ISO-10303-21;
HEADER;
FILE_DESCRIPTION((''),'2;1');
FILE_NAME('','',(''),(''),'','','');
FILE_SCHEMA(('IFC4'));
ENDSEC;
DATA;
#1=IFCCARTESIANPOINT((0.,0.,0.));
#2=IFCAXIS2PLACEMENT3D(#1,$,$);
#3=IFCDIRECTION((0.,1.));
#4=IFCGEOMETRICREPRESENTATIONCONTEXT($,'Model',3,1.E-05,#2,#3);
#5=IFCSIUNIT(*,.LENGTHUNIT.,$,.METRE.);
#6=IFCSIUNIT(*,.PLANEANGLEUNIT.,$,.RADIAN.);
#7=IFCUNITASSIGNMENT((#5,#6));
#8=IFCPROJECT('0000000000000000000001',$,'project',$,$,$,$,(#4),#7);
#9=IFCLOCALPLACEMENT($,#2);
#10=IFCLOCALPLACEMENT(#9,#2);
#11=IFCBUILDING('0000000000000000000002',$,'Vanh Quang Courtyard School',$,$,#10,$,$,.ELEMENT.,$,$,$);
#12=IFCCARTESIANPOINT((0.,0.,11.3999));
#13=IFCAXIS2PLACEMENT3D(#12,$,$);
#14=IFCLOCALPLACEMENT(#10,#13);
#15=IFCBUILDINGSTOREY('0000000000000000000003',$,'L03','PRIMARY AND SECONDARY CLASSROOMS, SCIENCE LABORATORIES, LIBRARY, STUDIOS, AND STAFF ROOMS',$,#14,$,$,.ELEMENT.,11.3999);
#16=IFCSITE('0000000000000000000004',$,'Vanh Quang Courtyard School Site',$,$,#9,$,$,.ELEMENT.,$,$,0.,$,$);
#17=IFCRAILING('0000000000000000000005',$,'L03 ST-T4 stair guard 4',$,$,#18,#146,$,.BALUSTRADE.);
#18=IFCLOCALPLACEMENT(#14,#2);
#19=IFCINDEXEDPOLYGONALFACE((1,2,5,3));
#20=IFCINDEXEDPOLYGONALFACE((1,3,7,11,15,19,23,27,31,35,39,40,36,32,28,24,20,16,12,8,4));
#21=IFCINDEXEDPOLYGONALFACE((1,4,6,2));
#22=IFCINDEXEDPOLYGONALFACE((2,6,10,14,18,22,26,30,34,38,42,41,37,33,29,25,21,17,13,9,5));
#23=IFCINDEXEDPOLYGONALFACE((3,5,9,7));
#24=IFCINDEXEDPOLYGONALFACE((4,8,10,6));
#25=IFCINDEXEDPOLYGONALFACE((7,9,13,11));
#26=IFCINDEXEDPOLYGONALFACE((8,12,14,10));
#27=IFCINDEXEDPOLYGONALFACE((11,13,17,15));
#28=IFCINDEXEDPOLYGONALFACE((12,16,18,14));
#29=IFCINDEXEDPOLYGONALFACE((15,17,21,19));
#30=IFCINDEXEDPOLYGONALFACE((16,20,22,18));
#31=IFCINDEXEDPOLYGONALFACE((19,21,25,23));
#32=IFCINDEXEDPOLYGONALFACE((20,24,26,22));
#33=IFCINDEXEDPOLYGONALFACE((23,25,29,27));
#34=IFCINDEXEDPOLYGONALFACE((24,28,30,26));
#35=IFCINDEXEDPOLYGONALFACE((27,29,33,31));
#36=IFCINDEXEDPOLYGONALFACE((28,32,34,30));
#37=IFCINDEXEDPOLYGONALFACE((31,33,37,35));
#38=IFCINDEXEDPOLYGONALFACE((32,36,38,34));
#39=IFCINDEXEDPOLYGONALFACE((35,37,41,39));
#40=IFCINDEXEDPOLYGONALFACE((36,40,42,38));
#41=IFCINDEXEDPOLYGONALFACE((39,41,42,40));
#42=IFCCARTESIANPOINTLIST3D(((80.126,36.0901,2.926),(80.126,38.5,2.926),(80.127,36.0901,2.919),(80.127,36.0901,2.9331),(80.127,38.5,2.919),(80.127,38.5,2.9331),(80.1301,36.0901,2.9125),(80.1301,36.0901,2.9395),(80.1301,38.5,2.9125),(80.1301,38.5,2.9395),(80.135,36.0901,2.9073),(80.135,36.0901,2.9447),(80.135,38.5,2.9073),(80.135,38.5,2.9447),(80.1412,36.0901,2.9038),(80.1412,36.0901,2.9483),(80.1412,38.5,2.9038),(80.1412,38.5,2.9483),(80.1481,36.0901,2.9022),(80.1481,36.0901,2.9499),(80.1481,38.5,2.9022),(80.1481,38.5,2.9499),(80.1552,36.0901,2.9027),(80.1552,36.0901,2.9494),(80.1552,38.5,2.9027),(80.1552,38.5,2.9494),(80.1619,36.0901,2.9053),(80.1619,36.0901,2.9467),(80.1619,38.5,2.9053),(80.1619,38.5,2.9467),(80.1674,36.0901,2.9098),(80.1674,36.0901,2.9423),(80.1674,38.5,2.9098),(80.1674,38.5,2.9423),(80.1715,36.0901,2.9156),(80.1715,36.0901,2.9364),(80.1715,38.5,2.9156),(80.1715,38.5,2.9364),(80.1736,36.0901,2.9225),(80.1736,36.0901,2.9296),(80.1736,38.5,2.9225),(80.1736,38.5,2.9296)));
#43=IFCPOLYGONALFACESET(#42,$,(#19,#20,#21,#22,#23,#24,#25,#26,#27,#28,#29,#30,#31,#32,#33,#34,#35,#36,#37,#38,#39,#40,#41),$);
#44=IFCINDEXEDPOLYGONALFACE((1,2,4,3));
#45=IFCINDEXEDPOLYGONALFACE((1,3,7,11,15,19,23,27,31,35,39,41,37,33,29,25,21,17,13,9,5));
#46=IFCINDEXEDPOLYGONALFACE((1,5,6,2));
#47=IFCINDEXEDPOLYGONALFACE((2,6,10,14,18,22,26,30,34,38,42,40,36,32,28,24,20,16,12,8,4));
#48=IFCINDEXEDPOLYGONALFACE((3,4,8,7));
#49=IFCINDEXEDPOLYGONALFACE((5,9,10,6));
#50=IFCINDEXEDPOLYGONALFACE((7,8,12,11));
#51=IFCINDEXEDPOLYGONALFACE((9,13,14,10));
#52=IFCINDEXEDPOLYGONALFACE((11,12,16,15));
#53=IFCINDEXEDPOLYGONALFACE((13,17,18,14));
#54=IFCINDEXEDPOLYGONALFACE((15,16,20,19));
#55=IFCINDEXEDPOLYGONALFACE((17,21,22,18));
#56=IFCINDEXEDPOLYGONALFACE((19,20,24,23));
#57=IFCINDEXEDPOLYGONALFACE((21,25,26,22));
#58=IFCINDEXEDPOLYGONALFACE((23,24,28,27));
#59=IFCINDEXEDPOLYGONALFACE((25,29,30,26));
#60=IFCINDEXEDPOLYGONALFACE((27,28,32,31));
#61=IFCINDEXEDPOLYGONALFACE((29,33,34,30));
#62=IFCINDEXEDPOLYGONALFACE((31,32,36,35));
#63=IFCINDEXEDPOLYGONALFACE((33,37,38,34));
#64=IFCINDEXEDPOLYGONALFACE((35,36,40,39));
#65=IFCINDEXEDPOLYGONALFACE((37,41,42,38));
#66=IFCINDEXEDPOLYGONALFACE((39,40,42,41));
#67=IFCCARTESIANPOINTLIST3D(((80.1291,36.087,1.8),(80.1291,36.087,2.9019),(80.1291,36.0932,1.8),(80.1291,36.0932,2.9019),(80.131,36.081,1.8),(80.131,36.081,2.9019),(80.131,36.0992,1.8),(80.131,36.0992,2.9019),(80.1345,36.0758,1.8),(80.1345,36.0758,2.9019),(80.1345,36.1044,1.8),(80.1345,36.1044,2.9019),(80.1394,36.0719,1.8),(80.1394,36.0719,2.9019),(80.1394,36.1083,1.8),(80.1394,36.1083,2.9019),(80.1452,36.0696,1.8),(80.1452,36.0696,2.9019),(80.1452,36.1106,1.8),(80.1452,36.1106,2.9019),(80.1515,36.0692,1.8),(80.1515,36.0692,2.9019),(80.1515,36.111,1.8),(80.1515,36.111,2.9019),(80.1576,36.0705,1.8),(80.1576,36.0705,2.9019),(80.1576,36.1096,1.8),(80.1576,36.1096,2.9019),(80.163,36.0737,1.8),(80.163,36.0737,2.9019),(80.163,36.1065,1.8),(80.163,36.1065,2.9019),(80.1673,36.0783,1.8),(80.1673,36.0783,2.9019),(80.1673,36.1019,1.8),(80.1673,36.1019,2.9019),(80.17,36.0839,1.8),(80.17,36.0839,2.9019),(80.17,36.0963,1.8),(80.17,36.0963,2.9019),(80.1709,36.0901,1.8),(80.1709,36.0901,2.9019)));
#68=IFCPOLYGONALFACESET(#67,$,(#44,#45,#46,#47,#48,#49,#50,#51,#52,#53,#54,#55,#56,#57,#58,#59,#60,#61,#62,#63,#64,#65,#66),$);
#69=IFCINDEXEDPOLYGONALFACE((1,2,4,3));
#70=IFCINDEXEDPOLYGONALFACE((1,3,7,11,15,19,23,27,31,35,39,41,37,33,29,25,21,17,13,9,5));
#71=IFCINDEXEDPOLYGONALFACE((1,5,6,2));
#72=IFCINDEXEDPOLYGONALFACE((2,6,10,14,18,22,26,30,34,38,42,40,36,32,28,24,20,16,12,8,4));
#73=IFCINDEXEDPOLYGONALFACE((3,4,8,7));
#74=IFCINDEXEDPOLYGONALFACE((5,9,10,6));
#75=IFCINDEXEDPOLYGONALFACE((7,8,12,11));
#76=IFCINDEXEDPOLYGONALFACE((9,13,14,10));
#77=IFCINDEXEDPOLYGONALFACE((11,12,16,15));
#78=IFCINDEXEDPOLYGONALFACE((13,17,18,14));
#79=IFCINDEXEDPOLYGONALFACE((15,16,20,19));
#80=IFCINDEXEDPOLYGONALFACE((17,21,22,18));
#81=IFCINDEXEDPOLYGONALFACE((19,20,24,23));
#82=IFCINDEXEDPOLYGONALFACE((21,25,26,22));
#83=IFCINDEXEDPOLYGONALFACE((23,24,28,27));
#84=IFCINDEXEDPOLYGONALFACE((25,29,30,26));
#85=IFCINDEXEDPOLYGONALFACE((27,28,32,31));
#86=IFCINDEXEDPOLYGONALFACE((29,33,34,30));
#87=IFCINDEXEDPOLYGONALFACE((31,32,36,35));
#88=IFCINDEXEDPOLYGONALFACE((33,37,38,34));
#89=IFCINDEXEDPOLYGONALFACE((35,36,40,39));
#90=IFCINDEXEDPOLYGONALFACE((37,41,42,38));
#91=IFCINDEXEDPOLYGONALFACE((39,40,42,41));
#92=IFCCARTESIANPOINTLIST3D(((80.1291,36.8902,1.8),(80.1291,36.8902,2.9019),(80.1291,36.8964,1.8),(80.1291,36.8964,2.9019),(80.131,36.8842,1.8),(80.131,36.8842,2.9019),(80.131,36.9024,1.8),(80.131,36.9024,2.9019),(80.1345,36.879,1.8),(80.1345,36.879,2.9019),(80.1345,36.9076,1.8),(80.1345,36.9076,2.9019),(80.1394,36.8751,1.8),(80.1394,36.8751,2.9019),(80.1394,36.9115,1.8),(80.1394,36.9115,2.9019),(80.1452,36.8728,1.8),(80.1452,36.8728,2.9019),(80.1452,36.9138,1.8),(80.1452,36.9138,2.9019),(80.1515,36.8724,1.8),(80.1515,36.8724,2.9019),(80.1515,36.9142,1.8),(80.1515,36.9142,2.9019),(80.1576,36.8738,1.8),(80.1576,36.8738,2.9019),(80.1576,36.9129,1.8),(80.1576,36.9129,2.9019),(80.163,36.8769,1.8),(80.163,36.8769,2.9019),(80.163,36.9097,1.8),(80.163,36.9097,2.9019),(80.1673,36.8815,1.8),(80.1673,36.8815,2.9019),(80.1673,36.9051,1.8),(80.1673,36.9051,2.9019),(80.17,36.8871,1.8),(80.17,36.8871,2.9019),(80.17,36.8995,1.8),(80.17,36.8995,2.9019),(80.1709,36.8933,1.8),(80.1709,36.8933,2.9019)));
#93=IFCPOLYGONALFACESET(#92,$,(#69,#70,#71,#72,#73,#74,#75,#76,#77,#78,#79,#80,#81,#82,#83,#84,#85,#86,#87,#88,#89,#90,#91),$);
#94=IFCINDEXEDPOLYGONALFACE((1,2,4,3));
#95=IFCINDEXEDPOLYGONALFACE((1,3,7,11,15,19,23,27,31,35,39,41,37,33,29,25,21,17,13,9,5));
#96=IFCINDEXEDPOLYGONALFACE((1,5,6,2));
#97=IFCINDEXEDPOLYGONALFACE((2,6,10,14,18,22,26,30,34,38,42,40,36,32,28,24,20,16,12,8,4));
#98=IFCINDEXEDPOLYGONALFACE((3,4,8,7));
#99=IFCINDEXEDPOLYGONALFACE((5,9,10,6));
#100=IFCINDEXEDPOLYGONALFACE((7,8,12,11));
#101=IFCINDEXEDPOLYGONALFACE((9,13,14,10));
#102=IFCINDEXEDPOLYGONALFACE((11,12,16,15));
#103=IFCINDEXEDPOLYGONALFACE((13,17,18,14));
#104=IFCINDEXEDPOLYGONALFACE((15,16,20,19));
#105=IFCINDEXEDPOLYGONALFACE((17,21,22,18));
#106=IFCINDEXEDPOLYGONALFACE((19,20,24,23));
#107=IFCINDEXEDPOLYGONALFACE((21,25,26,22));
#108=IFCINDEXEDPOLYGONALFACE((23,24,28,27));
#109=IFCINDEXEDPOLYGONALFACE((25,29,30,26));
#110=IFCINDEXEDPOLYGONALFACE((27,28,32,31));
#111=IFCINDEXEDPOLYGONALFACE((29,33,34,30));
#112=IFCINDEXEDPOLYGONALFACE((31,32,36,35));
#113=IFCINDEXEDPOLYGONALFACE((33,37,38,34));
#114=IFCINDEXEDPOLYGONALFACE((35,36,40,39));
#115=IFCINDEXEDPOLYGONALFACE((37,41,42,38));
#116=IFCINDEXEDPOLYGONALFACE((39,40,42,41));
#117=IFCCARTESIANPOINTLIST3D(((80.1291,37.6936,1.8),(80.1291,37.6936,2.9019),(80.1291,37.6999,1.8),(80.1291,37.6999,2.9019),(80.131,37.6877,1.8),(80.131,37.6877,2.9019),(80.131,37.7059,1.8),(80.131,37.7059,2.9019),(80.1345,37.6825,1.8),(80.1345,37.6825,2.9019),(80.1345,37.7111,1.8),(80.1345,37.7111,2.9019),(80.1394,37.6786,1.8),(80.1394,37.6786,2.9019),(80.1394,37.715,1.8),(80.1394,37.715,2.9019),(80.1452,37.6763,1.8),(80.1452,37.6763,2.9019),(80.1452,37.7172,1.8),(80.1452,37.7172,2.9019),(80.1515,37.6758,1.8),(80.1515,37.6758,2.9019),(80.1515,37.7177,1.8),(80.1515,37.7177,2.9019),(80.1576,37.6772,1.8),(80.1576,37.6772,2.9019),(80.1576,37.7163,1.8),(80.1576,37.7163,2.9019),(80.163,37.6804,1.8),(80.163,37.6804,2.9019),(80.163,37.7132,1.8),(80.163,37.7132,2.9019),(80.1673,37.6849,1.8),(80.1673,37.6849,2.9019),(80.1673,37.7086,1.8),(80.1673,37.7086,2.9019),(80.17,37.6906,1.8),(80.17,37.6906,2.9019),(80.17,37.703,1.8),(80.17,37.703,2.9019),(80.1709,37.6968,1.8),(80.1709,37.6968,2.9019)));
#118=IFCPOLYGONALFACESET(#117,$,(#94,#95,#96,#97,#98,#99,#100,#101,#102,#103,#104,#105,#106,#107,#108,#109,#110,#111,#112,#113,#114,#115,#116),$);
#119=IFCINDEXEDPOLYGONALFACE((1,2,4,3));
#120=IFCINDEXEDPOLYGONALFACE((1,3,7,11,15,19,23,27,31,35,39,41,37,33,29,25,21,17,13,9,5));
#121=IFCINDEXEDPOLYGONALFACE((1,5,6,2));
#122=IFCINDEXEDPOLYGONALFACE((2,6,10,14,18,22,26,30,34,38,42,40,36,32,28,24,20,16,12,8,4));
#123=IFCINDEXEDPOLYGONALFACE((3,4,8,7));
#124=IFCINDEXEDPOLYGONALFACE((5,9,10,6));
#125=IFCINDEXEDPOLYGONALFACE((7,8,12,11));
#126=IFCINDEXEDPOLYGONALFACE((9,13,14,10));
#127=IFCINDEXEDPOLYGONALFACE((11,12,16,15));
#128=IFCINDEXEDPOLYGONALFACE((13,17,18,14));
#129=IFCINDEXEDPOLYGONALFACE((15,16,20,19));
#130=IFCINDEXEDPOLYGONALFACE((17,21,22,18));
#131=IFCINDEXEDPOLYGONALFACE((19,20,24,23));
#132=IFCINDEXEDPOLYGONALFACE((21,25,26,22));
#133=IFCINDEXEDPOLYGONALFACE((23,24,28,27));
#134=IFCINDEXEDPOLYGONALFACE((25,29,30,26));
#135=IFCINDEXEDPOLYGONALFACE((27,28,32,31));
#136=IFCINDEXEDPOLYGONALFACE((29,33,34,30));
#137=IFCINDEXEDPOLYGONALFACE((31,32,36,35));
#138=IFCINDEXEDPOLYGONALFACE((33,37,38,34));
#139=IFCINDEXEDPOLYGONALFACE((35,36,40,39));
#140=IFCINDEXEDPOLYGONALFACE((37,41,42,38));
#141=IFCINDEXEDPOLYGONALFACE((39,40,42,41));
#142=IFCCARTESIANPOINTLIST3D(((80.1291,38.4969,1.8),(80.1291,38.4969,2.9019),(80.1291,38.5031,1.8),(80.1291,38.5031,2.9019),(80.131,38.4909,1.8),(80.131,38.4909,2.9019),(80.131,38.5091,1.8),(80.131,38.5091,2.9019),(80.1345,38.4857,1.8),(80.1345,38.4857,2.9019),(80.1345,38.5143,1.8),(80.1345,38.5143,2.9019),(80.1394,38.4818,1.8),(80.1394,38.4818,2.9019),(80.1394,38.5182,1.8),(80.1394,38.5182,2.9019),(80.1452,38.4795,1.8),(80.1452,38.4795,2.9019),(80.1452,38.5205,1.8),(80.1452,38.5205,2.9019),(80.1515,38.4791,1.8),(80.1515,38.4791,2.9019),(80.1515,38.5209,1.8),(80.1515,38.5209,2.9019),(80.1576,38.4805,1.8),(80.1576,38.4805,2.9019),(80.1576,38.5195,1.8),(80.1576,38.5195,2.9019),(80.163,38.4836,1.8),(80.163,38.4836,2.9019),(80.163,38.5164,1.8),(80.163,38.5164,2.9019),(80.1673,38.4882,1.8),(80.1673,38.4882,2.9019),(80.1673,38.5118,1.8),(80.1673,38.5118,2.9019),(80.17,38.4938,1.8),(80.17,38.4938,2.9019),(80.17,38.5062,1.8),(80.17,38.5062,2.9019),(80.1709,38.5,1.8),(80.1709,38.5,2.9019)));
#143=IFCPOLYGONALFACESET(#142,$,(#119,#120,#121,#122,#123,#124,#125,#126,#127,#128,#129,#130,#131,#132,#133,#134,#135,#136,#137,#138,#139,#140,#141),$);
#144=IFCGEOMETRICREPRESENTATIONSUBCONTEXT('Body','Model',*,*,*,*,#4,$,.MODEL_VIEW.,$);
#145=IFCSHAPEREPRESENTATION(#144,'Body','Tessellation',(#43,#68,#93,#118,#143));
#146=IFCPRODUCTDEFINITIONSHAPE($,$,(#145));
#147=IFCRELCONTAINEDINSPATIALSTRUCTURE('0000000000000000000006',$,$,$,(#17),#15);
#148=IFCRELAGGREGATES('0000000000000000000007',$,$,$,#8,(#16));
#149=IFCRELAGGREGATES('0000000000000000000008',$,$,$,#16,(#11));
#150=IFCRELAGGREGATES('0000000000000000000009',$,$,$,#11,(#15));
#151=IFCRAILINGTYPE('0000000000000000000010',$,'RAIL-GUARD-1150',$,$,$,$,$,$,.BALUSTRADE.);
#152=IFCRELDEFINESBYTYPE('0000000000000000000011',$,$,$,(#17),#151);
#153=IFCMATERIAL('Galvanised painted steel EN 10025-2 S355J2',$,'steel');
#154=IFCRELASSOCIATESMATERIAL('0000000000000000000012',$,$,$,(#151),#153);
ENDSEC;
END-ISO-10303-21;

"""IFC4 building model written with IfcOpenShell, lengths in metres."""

from ifc_helpers import new_model, si_unit, direction, frame, origin, origin_2d, place, context, subcontext, project, spatial, circle, extrude, material, type_object, element, save


model = new_model("IFC4")

# Units and contexts
model_context = context("Model", 3, precision=1e-05, world=origin(), true_north=direction((0.0, 1.0)))
body_context = subcontext(model_context, "Body", "Model", "MODEL_VIEW")
ifc_project = project(units=[si_unit("LENGTHUNIT", "METRE"), si_unit("PLANEANGLEUNIT", "RADIAN")], contexts=[model_context])

# Site, building, storey
site_placement = place(None, origin())
site = spatial("IfcSite", under=ifc_project, at=site_placement, Name="Vanh Quang Courtyard School Site", CompositionType="ELEMENT", RefElevation=0.0)
building_placement = place(site_placement, origin())
building = spatial("IfcBuilding", under=site, at=building_placement, Name="Vanh Quang Courtyard School", CompositionType="ELEMENT")
storey_placement = place(building_placement, frame((0.0, 0.0, 11.3999)))
storey = spatial("IfcBuildingStorey", under=building, at=storey_placement, Name="L03", Description="PRIMARY AND SECONDARY CLASSROOMS, SCIENCE LABORATORIES, LIBRARY, STUDIOS, AND STAFF ROOMS", CompositionType="ELEMENT", Elevation=11.3999)

# Railing
ifc_material_1 = material(Name="Galvanised painted steel EN 10025-2 S355J2", Category="steel")
railing_type_1 = type_object("IfcRailingType", Name="RAIL-GUARD-1150", PredefinedType="BALUSTRADE", material=ifc_material_1)
for number, where, name in (
    (1, (80.1499, 36.0901, 1.8), "L03 ST-T4 stair guard 4"),
):
    element("IfcRailing", number, at=place(storey_placement, frame(where)), inside=storey, type_object=railing_type_1, Name=name, PredefinedType="BALUSTRADE", context=body_context, shape_type="SweptSolid", body=[
        extrude(circle(Radius=0.0239, at=origin_2d()), frame((0.0, 0.0, 1.126), z_axis=(0.0, 1.0, 0.0), x_axis=(-1.0, 0.0, 0.0)), (0.0, 0.0, 1.0), 2.4099),
        extrude(circle(Radius=0.021, at=origin_2d()), origin(), (0.0, 0.0, 1.0), 1.1018),
        extrude(circle(Radius=0.021, at=origin_2d()), frame((0.0, 0.8032, 0.0)), (0.0, 0.0, 1.0), 1.1018),
        extrude(circle(Radius=0.021, at=origin_2d()), frame((0.0, 1.6067, 0.0)), (0.0, 0.0, 1.0), 1.1018),
        extrude(circle(Radius=0.021, at=origin_2d()), frame((0.0, 2.4099, 0.0)), (0.0, 0.0, 1.0), 1.1018),
    ])

save(model, "model.ifc")
